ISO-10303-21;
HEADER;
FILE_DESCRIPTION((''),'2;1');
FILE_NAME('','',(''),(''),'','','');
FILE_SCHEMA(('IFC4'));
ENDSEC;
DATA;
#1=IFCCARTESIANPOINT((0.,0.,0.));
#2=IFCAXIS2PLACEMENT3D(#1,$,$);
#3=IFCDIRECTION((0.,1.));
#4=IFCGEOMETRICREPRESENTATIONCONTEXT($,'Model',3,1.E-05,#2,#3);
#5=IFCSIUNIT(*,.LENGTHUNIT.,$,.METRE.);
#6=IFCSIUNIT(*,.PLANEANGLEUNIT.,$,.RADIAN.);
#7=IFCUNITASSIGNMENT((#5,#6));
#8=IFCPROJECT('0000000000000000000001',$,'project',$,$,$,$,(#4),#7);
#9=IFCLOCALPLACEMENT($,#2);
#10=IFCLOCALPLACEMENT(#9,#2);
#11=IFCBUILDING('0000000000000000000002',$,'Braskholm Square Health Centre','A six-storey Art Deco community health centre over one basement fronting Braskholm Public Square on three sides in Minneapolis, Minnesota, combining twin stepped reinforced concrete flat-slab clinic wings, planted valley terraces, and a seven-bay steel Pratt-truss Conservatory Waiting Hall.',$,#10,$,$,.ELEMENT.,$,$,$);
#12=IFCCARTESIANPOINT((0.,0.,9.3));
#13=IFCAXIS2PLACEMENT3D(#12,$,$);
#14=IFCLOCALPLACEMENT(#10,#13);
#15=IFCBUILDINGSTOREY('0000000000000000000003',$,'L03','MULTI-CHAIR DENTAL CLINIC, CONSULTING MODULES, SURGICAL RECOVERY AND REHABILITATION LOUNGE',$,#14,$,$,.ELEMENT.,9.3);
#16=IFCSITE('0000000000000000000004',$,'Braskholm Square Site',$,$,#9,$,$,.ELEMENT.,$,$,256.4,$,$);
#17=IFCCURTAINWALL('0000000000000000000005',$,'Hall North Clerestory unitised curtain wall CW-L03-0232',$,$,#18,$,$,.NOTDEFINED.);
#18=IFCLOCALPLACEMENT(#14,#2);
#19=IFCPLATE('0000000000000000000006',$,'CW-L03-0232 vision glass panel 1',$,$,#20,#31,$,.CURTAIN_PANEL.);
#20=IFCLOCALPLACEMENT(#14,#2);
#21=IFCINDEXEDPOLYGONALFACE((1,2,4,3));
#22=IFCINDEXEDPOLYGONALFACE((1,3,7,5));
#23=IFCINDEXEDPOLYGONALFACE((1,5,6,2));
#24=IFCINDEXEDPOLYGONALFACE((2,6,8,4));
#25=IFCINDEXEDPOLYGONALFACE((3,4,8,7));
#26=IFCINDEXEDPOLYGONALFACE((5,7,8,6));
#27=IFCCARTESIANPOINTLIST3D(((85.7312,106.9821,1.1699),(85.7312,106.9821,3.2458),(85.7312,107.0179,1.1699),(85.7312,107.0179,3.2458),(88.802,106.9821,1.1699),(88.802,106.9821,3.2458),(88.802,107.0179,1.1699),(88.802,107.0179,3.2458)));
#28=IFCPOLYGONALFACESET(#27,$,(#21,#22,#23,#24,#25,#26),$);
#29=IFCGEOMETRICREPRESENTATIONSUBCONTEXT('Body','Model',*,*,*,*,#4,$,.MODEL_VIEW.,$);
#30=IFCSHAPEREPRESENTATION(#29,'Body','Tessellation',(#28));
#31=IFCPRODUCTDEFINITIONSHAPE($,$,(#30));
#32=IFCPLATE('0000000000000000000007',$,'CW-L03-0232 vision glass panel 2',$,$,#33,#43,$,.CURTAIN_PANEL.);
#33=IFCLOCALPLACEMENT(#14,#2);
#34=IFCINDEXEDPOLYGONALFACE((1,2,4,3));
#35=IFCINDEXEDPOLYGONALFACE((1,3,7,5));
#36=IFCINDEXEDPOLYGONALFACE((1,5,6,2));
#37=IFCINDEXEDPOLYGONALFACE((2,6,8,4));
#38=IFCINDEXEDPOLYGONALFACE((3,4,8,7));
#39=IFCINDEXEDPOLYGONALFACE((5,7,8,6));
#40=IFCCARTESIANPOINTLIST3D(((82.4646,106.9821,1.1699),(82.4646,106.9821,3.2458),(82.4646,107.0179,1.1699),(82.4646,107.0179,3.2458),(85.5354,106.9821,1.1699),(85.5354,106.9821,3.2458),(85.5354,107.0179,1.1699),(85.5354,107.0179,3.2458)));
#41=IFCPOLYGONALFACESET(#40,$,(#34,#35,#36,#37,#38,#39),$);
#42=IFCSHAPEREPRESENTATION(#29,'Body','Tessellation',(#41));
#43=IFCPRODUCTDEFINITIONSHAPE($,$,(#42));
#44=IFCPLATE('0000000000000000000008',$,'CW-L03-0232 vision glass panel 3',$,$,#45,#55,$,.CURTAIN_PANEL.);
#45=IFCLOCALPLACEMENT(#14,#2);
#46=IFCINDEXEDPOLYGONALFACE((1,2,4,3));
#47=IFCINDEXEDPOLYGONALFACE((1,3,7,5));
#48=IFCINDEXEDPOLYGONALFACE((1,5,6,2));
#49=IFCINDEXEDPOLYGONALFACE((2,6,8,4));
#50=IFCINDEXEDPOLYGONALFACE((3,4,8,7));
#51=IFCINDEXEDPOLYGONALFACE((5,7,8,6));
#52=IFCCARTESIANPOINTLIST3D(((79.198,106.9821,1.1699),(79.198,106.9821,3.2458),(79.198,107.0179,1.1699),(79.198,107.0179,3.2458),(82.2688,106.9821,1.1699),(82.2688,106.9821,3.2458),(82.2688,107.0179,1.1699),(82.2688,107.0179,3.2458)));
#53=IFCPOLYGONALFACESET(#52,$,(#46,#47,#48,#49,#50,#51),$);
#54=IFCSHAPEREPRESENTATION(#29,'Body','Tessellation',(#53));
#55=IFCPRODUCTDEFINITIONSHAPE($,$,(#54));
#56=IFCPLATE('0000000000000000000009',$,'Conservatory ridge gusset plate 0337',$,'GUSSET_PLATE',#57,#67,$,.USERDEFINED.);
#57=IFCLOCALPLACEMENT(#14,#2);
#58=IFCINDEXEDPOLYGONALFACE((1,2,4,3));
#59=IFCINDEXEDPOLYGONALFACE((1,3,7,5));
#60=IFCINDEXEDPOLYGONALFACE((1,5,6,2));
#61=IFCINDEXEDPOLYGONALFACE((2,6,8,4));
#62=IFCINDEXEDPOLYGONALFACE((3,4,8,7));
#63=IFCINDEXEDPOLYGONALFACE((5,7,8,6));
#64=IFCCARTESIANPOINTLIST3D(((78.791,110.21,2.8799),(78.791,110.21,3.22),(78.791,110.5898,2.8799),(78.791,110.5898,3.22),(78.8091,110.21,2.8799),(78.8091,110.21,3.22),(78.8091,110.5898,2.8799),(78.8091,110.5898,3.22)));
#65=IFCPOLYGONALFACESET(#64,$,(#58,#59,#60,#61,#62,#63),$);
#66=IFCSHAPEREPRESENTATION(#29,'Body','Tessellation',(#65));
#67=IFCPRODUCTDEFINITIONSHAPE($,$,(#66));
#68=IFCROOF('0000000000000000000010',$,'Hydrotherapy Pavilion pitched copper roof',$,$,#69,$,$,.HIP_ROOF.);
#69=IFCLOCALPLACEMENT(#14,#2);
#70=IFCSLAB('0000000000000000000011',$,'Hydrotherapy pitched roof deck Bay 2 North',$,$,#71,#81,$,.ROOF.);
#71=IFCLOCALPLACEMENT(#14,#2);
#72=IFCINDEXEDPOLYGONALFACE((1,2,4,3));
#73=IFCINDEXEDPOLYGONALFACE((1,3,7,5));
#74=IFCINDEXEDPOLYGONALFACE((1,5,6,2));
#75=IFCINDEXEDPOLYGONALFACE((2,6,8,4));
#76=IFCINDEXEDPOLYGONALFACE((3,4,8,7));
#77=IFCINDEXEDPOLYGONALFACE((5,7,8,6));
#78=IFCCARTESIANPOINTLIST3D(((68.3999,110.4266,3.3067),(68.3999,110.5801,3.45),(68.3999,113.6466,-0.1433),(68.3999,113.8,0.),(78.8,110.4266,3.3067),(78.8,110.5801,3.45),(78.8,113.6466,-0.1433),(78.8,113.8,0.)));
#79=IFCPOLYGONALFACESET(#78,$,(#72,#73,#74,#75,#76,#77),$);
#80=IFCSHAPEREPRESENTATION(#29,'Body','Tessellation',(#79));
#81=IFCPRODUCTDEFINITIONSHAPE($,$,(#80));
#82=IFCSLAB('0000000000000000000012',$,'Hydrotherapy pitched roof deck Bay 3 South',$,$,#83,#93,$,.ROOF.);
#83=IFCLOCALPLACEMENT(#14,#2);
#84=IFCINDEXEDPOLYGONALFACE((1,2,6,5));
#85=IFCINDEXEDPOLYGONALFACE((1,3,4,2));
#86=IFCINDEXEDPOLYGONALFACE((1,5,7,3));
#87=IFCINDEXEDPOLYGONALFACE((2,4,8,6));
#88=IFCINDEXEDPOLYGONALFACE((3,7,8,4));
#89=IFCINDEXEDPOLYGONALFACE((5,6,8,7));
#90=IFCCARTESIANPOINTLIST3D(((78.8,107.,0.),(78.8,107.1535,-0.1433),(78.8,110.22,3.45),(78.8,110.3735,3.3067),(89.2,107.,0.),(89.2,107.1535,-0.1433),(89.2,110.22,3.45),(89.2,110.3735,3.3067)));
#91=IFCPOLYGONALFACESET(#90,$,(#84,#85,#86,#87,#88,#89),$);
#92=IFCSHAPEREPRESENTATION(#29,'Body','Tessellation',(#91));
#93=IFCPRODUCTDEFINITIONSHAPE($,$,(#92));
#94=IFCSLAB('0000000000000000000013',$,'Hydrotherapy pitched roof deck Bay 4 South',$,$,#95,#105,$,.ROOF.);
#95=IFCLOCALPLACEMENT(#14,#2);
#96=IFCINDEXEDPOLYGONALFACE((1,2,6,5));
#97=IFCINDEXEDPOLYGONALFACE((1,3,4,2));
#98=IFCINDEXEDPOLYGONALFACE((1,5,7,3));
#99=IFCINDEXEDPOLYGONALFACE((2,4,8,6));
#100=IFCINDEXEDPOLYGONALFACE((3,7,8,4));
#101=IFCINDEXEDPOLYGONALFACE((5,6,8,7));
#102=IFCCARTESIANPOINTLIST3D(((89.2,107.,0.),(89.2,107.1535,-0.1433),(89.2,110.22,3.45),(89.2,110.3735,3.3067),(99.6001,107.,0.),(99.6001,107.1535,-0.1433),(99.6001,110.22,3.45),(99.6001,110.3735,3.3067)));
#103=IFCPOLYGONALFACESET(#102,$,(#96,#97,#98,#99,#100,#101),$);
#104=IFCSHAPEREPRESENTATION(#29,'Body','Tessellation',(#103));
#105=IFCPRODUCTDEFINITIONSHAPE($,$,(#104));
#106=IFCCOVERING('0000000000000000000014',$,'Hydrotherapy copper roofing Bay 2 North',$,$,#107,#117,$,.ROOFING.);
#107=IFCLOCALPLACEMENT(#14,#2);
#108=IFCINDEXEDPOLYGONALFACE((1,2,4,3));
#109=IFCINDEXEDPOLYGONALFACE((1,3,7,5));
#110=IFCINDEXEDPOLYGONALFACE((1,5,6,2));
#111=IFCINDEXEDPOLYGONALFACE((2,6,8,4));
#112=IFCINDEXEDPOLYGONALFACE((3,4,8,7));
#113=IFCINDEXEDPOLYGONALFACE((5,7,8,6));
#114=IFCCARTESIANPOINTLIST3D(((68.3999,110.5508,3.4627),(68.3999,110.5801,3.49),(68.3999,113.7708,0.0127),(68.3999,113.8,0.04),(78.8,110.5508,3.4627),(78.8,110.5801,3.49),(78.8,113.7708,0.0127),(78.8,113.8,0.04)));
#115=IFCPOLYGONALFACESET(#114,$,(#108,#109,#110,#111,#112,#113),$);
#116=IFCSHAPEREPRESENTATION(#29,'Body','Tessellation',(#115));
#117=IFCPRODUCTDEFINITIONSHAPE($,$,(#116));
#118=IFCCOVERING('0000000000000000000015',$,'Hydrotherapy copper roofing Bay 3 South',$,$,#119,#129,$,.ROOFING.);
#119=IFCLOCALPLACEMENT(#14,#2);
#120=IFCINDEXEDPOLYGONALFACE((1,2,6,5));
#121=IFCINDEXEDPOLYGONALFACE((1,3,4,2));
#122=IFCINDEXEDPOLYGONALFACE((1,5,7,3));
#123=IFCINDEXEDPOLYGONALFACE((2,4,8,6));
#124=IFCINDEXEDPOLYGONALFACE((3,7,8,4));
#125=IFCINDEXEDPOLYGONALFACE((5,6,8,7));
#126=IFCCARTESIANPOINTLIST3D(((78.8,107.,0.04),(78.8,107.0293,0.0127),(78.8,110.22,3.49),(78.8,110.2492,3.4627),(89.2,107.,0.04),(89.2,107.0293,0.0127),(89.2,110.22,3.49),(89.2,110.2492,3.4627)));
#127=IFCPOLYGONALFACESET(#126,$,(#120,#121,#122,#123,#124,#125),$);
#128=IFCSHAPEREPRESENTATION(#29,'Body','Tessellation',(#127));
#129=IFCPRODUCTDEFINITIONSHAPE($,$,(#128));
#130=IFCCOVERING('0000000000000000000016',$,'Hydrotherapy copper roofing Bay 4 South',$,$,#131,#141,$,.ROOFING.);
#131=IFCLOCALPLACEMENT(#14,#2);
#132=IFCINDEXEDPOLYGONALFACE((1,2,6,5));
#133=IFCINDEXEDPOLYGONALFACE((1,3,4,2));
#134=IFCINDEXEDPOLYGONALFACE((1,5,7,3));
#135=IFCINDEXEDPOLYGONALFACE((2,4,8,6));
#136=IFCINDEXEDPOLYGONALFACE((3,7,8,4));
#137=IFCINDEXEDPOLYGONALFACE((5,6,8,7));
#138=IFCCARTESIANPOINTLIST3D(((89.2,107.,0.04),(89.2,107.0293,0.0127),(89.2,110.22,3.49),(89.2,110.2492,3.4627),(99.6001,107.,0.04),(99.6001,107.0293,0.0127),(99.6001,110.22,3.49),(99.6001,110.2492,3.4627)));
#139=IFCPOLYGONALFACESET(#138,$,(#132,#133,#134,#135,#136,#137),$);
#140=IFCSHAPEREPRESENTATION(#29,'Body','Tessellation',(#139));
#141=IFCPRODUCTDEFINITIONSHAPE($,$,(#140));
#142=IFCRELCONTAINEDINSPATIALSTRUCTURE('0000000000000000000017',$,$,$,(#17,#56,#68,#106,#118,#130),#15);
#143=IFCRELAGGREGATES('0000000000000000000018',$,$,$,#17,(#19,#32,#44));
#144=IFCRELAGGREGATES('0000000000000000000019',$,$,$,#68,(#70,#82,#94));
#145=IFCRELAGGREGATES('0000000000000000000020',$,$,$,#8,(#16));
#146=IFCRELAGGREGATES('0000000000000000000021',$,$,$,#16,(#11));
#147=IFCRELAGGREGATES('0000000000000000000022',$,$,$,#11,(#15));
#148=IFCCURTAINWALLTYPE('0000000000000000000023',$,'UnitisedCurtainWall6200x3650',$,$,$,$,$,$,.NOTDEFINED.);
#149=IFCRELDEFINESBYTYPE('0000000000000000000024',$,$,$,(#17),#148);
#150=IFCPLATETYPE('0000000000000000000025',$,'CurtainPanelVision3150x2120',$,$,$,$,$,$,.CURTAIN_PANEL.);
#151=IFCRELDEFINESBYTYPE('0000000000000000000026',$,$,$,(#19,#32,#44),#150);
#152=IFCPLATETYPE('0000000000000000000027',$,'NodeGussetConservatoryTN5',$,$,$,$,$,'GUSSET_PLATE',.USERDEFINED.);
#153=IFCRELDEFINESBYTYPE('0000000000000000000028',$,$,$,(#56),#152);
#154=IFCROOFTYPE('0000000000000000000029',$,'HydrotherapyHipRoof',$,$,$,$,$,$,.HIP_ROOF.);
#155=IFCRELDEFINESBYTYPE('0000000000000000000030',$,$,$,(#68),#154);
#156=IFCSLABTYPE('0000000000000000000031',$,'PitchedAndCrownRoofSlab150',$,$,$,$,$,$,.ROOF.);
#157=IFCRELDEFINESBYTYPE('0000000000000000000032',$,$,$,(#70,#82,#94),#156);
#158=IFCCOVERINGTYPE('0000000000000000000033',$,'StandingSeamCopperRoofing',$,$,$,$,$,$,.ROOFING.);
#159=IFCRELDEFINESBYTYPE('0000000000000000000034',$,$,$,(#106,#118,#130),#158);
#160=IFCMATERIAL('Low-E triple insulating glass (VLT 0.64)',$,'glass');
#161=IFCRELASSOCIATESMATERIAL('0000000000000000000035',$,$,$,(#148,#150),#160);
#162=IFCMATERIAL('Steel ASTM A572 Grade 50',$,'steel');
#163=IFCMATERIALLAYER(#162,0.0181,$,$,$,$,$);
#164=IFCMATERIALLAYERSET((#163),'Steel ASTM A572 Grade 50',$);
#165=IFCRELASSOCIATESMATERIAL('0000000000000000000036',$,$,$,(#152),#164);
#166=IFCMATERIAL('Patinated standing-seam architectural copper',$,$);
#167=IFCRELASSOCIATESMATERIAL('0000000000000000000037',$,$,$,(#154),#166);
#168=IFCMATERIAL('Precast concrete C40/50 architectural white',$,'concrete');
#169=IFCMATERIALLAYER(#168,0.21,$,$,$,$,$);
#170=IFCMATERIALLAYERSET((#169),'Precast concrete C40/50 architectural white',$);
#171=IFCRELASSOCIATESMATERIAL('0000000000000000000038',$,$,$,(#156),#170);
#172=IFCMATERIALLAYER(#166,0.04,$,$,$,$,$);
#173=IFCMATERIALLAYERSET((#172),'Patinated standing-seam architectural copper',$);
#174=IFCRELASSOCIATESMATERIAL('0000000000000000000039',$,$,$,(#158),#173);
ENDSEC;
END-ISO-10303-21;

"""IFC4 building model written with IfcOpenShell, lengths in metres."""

from ifc_helpers import new_model, si_unit, direction, frame, origin, origin_2d, place, context, subcontext, project, spatial, polyline, rectangle, outline, extrude, material, layer, layer_set, type_object, element, aggregate, save


model = new_model("IFC4")

# Units and contexts
model_context = context("Model", 3, precision=1e-05, world=origin(), true_north=direction((0.0, 1.0)))
body_context = subcontext(model_context, "Body", "Model", "MODEL_VIEW")
ifc_project = project(units=[si_unit("LENGTHUNIT", "METRE"), si_unit("PLANEANGLEUNIT", "RADIAN")], contexts=[model_context])

# Site, building, storey
site_placement = place(None, origin())
site = spatial("IfcSite", under=ifc_project, at=site_placement, Name="Braskholm Square Site", CompositionType="ELEMENT", RefElevation=256.4)
building_placement = place(site_placement, origin())
building = spatial("IfcBuilding", under=site, at=building_placement, Name="Braskholm Square Health Centre", Description="A six-storey Art Deco community health centre over one basement fronting Braskholm Public Square on three sides in Minneapolis, Minnesota, combining twin stepped reinforced concrete flat-slab clinic wings, planted valley terraces, and a seven-bay steel Pratt-truss Conservatory Waiting Hall.", CompositionType="ELEMENT")
storey_placement = place(building_placement, frame((0.0, 0.0, 9.3)))
storey = spatial("IfcBuildingStorey", under=building, at=storey_placement, Name="L03", Description="MULTI-CHAIR DENTAL CLINIC, CONSULTING MODULES, SURGICAL RECOVERY AND REHABILITATION LOUNGE", CompositionType="ELEMENT", Elevation=9.3)

# Curtain wall
ifc_material_1 = material(Name="Low-E triple insulating glass (VLT 0.64)", Category="glass")
curtain_wall_type = type_object("IfcCurtainWallType", Name="UnitisedCurtainWall6200x3650", PredefinedType="NOTDEFINED", material=ifc_material_1)
curtain_wall_placement = place(storey_placement, origin())
curtain_wall = element("IfcCurtainWall", 1, at=curtain_wall_placement, inside=storey, type_object=curtain_wall_type, Name="Hall North Clerestory unitised curtain wall CW-L03-0232", PredefinedType="NOTDEFINED")

# Shared definitions
ifc_material_2 = material(Name="Steel ASTM A572 Grade 50", Category="steel")

# Plates
plate_type_1 = type_object("IfcPlateType", Name="CurtainPanelVision3150x2120", PredefinedType="CURTAIN_PANEL", material=ifc_material_1)
plate_1_placement = place(storey_placement, frame((87.2666, 107.0, 1.1699), z_axis=(0.0, 0.0, 1.0), x_axis=(-1.0, 0.0, 0.0)))
plate_1 = element("IfcPlate", 2, at=plate_1_placement, type_object=plate_type_1, Name="CW-L03-0232 vision glass panel 1", PredefinedType="CURTAIN_PANEL", context=body_context, shape_type="SweptSolid", body=[
    extrude(rectangle(XDim=3.0708, YDim=0.0359, at=origin_2d()), origin(), (0.0, 0.0, 1.0), 2.0759),
])
plate_2_placement = place(storey_placement, frame((84.0, 107.0, 1.1699), z_axis=(0.0, 0.0, 1.0), x_axis=(-1.0, 0.0, 0.0)))
plate_2 = element("IfcPlate", 3, at=plate_2_placement, type_object=plate_type_1, Name="CW-L03-0232 vision glass panel 2", PredefinedType="CURTAIN_PANEL", context=body_context, shape_type="SweptSolid", body=[
    extrude(rectangle(XDim=3.0708, YDim=0.0359, at=origin_2d()), origin(), (0.0, 0.0, 1.0), 2.0759),
])
plate_3_placement = place(storey_placement, frame((80.7334, 107.0, 1.1699), z_axis=(0.0, 0.0, 1.0), x_axis=(-1.0, 0.0, 0.0)))
plate_3 = element("IfcPlate", 4, at=plate_3_placement, type_object=plate_type_1, Name="CW-L03-0232 vision glass panel 3", PredefinedType="CURTAIN_PANEL", context=body_context, shape_type="SweptSolid", body=[
    extrude(rectangle(XDim=3.0708, YDim=0.0359, at=origin_2d()), origin(), (0.0, 0.0, 1.0), 2.0759),
])
aggregate(curtain_wall, [plate_1, plate_2, plate_3])
ifc_layer_1 = layer(ifc_material_2, 0.0181)
ifc_layer_set_1 = layer_set([ifc_layer_1], Name="Steel ASTM A572 Grade 50")
plate_type_2 = type_object("IfcPlateType", Name="NodeGussetConservatoryTN5", ElementType="GUSSET_PLATE", PredefinedType="USERDEFINED", material=ifc_layer_set_1)
plate_4_placement = place(storey_placement, frame((78.8, 110.3999, 2.8799), z_axis=(0.0, 0.0, 1.0), x_axis=(1.0, 0.0, 0.0)))
element("IfcPlate", 5, at=plate_4_placement, inside=storey, type_object=plate_type_2, Name="Conservatory ridge gusset plate 0337", ObjectType="GUSSET_PLATE", PredefinedType="USERDEFINED", context=body_context, shape_type="SweptSolid", body=[
    extrude(rectangle(XDim=0.0181, YDim=0.3799, at=origin_2d()), origin(), (0.0, 0.0, 1.0), 0.3401),
])

# Roof, slabs
ifc_material_3 = material(Name="Patinated standing-seam architectural copper")
roof_type = type_object("IfcRoofType", Name="HydrotherapyHipRoof", PredefinedType="HIP_ROOF", material=ifc_material_3)
roof_placement = place(storey_placement, origin())
roof = element("IfcRoof", 6, at=roof_placement, inside=storey, type_object=roof_type, Name="Hydrotherapy Pavilion pitched copper roof", PredefinedType="HIP_ROOF")
ifc_material_4 = material(Name="Precast concrete C40/50 architectural white", Category="concrete")
ifc_layer_2 = layer(ifc_material_4, 0.21)
ifc_layer_set_2 = layer_set([ifc_layer_2], Name="Precast concrete C40/50 architectural white")
slab_type = type_object("IfcSlabType", Name="PitchedAndCrownRoofSlab150", PredefinedType="ROOF", material=ifc_layer_set_2)
slab_1_placement = place(storey_placement, frame((78.8, 113.8, 0.0), z_axis=(0.0, 0.731054, 0.68232), x_axis=(-1.0, 0.0, 0.0)))
slab_1 = element("IfcSlab", 7, at=slab_1_placement, type_object=slab_type, Name="Hydrotherapy pitched roof deck Bay 2 North", PredefinedType="ROOF", context=body_context, shape_type="SweptSolid", body=[
    extrude(outline(polyline([(0.0, 0.0), (10.4001, 0.0), (10.4001, 4.7191), (0.0, 4.7191), (0.0, 0.0)])), origin(), (0.0, 0.0, -1.0), 0.21),
])
slab_2_placement = place(storey_placement, frame((78.8, 107.0, 0.0), z_axis=(0.0, -0.731054, 0.68232), x_axis=(1.0, 0.0, 0.0)))
slab_2 = element("IfcSlab", 8, at=slab_2_placement, type_object=slab_type, Name="Hydrotherapy pitched roof deck Bay 3 South", PredefinedType="ROOF", context=body_context, shape_type="SweptSolid", body=[
    extrude(outline(polyline([(0.0, 0.0), (10.3999, 0.0), (10.3999, 4.7191), (0.0, 4.7191), (0.0, 0.0)])), origin(), (0.0, 0.0, -1.0), 0.21),
])
slab_3_placement = place(storey_placement, frame((89.2, 107.0, 0.0), z_axis=(0.0, -0.731054, 0.68232), x_axis=(1.0, 0.0, 0.0)))
slab_3 = element("IfcSlab", 9, at=slab_3_placement, type_object=slab_type, Name="Hydrotherapy pitched roof deck Bay 4 South", PredefinedType="ROOF", context=body_context, shape_type="SweptSolid", body=[
    extrude(outline(polyline([(0.0, 0.0), (10.4001, 0.0), (10.4001, 4.7191), (0.0, 4.7191), (0.0, 0.0)])), origin(), (0.0, 0.0, -1.0), 0.21),
])
aggregate(roof, [slab_1, slab_2, slab_3])

# Coverings
ifc_layer_3 = layer(ifc_material_3, 0.04)
ifc_layer_set_3 = layer_set([ifc_layer_3], Name="Patinated standing-seam architectural copper")
covering_type = type_object("IfcCoveringType", Name="StandingSeamCopperRoofing", PredefinedType="ROOFING", material=ifc_layer_set_3)
covering_1_placement = place(storey_placement, frame((78.8, 113.8, 0.04), z_axis=(0.0, 0.731054, 0.68232), x_axis=(-1.0, 0.0, 0.0)))
element("IfcCovering", 10, at=covering_1_placement, inside=storey, type_object=covering_type, Name="Hydrotherapy copper roofing Bay 2 North", PredefinedType="ROOFING", context=body_context, shape_type="SweptSolid", body=[
    extrude(outline(polyline([(0.0, 0.0), (10.4001, 0.0), (10.4001, 4.7191), (0.0, 4.7191), (0.0, 0.0)])), origin(), (0.0, 0.0, -1.0), 0.04),
])
covering_2_placement = place(storey_placement, frame((78.8, 107.0, 0.04), z_axis=(0.0, -0.731054, 0.68232), x_axis=(1.0, 0.0, 0.0)))
element("IfcCovering", 11, at=covering_2_placement, inside=storey, type_object=covering_type, Name="Hydrotherapy copper roofing Bay 3 South", PredefinedType="ROOFING", context=body_context, shape_type="SweptSolid", body=[
    extrude(outline(polyline([(0.0, 0.0), (10.3999, 0.0), (10.3999, 4.7191), (0.0, 4.7191), (0.0, 0.0)])), origin(), (0.0, 0.0, -1.0), 0.04),
])
covering_3_placement = place(storey_placement, frame((89.2, 107.0, 0.04), z_axis=(0.0, -0.731054, 0.68232), x_axis=(1.0, 0.0, 0.0)))
element("IfcCovering", 12, at=covering_3_placement, inside=storey, type_object=covering_type, Name="Hydrotherapy copper roofing Bay 4 South", PredefinedType="ROOFING", context=body_context, shape_type="SweptSolid", body=[
    extrude(outline(polyline([(0.0, 0.0), (10.4001, 0.0), (10.4001, 4.7191), (0.0, 4.7191), (0.0, 0.0)])), origin(), (0.0, 0.0, -1.0), 0.04),
])

save(model, "model.ifc")
